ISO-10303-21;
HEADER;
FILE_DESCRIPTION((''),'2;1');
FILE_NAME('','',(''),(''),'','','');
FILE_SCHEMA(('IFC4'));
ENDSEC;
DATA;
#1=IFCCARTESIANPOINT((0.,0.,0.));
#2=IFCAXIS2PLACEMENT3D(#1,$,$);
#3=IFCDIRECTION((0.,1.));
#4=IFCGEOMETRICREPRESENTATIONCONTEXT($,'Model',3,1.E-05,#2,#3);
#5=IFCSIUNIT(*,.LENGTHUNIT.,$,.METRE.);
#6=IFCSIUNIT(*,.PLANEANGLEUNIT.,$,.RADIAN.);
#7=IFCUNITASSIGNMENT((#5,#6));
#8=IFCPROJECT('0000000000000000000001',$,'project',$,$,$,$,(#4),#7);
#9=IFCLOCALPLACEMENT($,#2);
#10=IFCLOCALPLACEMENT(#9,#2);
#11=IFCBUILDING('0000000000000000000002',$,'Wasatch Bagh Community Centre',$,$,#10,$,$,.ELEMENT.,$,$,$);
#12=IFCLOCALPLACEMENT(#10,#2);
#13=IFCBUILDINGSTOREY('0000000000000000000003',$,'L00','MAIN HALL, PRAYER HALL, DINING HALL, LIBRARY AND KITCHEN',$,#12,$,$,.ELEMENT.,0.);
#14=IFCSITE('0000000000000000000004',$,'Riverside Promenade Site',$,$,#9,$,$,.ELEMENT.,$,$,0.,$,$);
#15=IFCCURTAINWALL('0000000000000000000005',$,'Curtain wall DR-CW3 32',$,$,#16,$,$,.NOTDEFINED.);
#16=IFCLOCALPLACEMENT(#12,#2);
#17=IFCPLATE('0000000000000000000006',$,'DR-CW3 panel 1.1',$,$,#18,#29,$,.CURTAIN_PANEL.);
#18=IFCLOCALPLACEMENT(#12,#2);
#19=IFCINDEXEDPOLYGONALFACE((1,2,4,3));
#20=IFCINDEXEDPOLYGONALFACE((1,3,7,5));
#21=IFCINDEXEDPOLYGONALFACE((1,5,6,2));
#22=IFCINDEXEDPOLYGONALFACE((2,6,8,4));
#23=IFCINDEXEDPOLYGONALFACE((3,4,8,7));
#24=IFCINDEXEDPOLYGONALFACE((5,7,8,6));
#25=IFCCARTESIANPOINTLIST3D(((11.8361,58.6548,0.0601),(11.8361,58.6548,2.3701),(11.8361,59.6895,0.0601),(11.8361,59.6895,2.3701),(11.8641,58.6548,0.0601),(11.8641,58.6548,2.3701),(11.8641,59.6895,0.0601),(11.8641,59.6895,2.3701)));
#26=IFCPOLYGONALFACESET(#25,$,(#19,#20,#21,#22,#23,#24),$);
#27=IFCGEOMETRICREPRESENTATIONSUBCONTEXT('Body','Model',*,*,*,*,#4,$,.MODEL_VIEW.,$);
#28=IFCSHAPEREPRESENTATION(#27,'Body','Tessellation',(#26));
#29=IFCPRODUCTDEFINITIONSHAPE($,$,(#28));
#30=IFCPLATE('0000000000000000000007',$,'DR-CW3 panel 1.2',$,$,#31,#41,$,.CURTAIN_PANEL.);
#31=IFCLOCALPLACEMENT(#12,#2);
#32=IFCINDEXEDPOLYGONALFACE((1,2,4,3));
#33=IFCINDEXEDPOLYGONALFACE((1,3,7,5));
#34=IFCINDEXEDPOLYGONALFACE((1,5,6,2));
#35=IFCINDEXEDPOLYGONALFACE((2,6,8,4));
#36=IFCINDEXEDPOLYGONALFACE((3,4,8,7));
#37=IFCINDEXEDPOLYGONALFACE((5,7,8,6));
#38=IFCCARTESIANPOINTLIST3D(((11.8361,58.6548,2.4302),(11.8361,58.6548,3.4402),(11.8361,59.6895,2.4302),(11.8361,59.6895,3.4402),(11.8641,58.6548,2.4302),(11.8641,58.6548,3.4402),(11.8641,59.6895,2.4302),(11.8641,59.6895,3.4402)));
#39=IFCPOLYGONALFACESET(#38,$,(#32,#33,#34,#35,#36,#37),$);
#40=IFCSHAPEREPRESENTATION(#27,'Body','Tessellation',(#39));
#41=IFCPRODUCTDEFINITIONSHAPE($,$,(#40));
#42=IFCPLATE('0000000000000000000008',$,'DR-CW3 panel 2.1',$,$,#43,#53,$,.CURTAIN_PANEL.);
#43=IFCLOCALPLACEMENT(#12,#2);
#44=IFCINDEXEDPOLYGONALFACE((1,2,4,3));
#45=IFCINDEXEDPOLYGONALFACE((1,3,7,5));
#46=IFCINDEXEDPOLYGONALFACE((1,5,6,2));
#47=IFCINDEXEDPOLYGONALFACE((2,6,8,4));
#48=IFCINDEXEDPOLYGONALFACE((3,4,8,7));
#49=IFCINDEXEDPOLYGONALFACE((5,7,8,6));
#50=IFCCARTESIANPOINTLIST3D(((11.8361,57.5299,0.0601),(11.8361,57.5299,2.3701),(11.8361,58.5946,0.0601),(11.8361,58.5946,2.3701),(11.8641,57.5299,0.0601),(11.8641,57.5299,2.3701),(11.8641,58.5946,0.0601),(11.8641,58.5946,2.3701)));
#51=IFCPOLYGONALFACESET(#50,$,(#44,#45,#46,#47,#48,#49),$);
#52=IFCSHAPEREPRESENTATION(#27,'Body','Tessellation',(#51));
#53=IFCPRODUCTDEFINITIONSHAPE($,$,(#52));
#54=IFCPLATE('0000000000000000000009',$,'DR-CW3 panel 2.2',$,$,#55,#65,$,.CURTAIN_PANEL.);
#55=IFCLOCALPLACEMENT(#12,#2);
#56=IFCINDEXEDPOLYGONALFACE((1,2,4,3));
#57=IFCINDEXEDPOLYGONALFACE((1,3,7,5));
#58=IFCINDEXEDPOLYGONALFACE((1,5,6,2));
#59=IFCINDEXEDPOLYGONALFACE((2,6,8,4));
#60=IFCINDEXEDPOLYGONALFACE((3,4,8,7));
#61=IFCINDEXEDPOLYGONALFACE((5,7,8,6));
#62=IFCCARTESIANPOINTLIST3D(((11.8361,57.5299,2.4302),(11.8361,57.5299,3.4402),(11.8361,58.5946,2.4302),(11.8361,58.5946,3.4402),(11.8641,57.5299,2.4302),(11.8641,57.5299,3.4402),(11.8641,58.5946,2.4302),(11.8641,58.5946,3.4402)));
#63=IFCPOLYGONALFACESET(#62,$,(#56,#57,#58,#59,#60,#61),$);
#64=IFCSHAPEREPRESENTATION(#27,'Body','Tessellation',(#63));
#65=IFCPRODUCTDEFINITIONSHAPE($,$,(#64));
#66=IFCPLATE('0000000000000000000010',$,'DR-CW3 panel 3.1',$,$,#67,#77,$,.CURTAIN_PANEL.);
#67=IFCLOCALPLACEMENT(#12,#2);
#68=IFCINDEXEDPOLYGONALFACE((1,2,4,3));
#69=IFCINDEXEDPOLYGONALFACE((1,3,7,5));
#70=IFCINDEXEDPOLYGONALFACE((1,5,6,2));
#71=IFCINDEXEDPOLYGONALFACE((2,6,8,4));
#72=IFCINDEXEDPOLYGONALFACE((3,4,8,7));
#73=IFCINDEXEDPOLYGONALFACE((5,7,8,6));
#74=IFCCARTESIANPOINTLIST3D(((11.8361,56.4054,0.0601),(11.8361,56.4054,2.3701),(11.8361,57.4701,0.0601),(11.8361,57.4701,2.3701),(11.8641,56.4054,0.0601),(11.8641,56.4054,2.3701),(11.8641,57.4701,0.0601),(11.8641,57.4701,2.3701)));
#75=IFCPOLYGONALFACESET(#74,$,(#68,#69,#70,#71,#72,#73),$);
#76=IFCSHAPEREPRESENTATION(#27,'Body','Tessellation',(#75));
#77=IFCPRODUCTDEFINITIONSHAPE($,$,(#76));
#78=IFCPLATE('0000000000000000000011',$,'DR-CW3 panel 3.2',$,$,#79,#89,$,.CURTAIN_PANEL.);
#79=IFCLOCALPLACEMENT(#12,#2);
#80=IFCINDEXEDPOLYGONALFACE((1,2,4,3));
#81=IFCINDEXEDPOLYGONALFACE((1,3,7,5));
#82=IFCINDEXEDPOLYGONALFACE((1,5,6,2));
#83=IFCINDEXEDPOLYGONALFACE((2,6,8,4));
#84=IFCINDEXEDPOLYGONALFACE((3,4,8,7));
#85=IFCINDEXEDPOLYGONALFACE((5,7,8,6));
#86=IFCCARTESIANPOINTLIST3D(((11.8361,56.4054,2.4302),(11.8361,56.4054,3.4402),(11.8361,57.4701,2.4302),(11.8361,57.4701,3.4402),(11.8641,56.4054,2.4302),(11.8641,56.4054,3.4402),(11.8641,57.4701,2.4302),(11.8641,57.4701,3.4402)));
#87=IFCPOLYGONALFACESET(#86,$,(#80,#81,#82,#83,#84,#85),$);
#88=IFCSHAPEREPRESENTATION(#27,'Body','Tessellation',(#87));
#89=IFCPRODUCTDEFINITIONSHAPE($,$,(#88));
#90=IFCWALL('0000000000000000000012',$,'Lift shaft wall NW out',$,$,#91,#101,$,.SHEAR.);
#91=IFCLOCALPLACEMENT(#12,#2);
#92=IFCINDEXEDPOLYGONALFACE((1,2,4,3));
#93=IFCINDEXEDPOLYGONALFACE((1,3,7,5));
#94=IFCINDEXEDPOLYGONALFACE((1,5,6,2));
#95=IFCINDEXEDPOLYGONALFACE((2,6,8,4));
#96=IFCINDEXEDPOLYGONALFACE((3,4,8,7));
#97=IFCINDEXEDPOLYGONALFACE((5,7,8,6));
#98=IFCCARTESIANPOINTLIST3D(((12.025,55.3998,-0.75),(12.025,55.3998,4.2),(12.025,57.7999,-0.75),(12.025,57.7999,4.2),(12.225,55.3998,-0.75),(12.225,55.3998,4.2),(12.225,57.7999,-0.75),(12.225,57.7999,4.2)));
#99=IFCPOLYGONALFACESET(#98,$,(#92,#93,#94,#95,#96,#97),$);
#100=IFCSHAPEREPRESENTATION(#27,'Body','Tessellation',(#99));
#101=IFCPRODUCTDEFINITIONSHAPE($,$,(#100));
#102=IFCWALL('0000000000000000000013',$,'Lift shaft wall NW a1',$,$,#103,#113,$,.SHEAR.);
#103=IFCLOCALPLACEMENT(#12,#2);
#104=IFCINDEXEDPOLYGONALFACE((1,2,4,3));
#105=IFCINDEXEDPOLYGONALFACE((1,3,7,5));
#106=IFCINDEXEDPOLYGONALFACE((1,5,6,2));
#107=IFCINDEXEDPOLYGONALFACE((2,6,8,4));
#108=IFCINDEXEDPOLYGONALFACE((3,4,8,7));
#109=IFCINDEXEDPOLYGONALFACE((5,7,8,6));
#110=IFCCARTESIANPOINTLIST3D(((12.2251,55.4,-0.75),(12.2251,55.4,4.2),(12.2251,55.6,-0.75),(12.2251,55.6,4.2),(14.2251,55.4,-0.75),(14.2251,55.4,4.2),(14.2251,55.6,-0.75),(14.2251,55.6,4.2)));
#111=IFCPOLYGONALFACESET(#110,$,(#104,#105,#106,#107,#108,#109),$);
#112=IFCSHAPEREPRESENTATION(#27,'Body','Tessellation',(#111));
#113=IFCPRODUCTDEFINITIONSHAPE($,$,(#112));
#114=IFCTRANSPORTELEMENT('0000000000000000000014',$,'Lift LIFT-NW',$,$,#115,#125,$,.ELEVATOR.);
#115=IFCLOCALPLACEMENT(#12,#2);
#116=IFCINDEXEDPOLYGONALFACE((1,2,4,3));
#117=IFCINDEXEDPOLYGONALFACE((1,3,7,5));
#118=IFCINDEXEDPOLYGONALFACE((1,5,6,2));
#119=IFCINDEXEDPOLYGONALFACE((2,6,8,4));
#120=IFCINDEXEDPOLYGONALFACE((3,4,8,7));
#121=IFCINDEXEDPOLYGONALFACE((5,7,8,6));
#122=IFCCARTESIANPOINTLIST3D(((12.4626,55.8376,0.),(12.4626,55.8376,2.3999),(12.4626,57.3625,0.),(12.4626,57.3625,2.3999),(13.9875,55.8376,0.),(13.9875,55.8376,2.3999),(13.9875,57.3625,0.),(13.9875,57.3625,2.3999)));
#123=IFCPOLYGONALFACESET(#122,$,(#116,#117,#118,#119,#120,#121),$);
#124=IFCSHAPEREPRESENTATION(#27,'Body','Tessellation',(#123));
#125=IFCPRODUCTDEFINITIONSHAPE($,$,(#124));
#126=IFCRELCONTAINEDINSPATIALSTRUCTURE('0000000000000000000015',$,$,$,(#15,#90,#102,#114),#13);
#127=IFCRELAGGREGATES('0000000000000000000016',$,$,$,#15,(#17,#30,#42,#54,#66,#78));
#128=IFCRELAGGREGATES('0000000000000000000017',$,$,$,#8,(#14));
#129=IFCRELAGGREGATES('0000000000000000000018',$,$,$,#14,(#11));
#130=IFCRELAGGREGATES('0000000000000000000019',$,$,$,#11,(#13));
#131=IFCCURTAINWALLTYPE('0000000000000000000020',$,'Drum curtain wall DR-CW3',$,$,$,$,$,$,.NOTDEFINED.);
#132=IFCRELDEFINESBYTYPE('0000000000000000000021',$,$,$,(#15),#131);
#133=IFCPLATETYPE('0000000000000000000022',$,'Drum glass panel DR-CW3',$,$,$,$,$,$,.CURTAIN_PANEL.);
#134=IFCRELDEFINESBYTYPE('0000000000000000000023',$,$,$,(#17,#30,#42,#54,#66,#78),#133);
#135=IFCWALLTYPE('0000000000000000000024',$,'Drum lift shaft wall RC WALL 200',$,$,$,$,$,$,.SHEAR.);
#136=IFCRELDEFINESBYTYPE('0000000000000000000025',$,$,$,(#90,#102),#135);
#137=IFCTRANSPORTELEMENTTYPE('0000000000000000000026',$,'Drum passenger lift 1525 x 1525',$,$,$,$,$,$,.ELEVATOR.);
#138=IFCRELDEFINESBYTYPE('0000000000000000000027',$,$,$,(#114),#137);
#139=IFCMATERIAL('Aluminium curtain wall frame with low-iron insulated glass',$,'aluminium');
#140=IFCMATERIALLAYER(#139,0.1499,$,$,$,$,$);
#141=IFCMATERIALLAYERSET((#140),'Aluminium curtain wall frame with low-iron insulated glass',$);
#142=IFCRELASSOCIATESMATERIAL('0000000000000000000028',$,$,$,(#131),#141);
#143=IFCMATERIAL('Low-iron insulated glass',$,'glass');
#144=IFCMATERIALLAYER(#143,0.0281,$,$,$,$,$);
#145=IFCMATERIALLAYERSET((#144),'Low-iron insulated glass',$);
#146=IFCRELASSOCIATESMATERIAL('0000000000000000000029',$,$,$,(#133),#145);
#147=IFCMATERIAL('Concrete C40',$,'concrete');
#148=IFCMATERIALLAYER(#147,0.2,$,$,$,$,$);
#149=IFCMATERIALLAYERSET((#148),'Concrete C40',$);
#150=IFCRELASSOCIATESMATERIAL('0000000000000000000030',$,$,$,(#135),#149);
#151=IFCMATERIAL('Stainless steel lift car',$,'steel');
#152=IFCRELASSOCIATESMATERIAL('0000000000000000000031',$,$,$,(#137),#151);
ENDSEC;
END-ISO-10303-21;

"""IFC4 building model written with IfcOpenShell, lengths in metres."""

from ifc_helpers import new_model, si_unit, direction, frame, frame_2d, origin, origin_2d, place, context, subcontext, project, spatial, rectangle, extrude, material, layer, layer_set, type_object, element, aggregate, save


model = new_model("IFC4")

# Units and contexts
model_context = context("Model", 3, precision=1e-05, world=origin(), true_north=direction((0.0, 1.0)))
body_context = subcontext(model_context, "Body", "Model", "MODEL_VIEW")
ifc_project = project(units=[si_unit("LENGTHUNIT", "METRE"), si_unit("PLANEANGLEUNIT", "RADIAN")], contexts=[model_context])

# Site, building, storey
site_placement = place(None, origin())
site = spatial("IfcSite", under=ifc_project, at=site_placement, Name="Riverside Promenade Site", CompositionType="ELEMENT", RefElevation=0.0)
building_placement = place(site_placement, origin())
building = spatial("IfcBuilding", under=site, at=building_placement, Name="Wasatch Bagh Community Centre", CompositionType="ELEMENT")
storey_placement = place(building_placement, origin())
storey = spatial("IfcBuildingStorey", under=building, at=storey_placement, Name="L00", Description="MAIN HALL, PRAYER HALL, DINING HALL, LIBRARY AND KITCHEN", CompositionType="ELEMENT", Elevation=0.0)

# Curtain wall, plates
ifc_material_1 = material(Name="Aluminium curtain wall frame with low-iron insulated glass", Category="aluminium")
ifc_layer_1 = layer(ifc_material_1, 0.1499)
ifc_layer_set_1 = layer_set([ifc_layer_1], Name="Aluminium curtain wall frame with low-iron insulated glass")
curtain_wall_type = type_object("IfcCurtainWallType", Name="Drum curtain wall DR-CW3", PredefinedType="NOTDEFINED", material=ifc_layer_set_1)
curtain_wall_placement = place(storey_placement, origin())
curtain_wall = element("IfcCurtainWall", 1, at=curtain_wall_placement, inside=storey, type_object=curtain_wall_type, Name="Curtain wall DR-CW3 32", PredefinedType="NOTDEFINED")
ifc_material_2 = material(Name="Low-iron insulated glass", Category="glass")
ifc_layer_2 = layer(ifc_material_2, 0.0281)
ifc_layer_set_2 = layer_set([ifc_layer_2], Name="Low-iron insulated glass")
plate_type = type_object("IfcPlateType", Name="Drum glass panel DR-CW3", PredefinedType="CURTAIN_PANEL", material=ifc_layer_set_2)
plate_1_placement = place(storey_placement, frame((11.8501, 59.1721, 0.0601), z_axis=(0.0, 0.0, 1.0), x_axis=(0.0, -1.0, 0.0)))
plate_1 = element("IfcPlate", 2, at=plate_1_placement, type_object=plate_type, Name="DR-CW3 panel 1.1", PredefinedType="CURTAIN_PANEL", context=body_context, shape_type="SweptSolid", body=[
    extrude(rectangle(XDim=1.0347, YDim=0.0281, at=origin_2d()), origin(), (0.0, 0.0, 1.0), 2.3101),
])
plate_2_placement = place(storey_placement, frame((11.8501, 59.1721, 2.4302), z_axis=(0.0, 0.0, 1.0), x_axis=(0.0, -1.0, 0.0)))
plate_2 = element("IfcPlate", 3, at=plate_2_placement, type_object=plate_type, Name="DR-CW3 panel 1.2", PredefinedType="CURTAIN_PANEL", context=body_context, shape_type="SweptSolid", body=[
    extrude(rectangle(XDim=1.0347, YDim=0.0281, at=origin_2d()), origin(), (0.0, 0.0, 1.0), 1.01),
])
plate_3_placement = place(storey_placement, frame((11.8501, 58.0623, 0.0601), z_axis=(0.0, 0.0, 1.0), x_axis=(0.0, -1.0, 0.0)))
plate_3 = element("IfcPlate", 4, at=plate_3_placement, type_object=plate_type, Name="DR-CW3 panel 2.1", PredefinedType="CURTAIN_PANEL", context=body_context, shape_type="SweptSolid", body=[
    extrude(rectangle(XDim=1.0647, YDim=0.0281, at=origin_2d()), origin(), (0.0, 0.0, 1.0), 2.3101),
])
plate_4_placement = place(storey_placement, frame((11.8501, 58.0623, 2.4302), z_axis=(0.0, 0.0, 1.0), x_axis=(0.0, -1.0, 0.0)))
plate_4 = element("IfcPlate", 5, at=plate_4_placement, type_object=plate_type, Name="DR-CW3 panel 2.2", PredefinedType="CURTAIN_PANEL", context=body_context, shape_type="SweptSolid", body=[
    extrude(rectangle(XDim=1.0647, YDim=0.0281, at=origin_2d()), origin(), (0.0, 0.0, 1.0), 1.01),
])
plate_5_placement = place(storey_placement, frame((11.8501, 56.9377, 0.0601), z_axis=(0.0, 0.0, 1.0), x_axis=(0.0, -1.0, 0.0)))
plate_5 = element("IfcPlate", 6, at=plate_5_placement, type_object=plate_type, Name="DR-CW3 panel 3.1", PredefinedType="CURTAIN_PANEL", context=body_context, shape_type="SweptSolid", body=[
    extrude(rectangle(XDim=1.0647, YDim=0.0281, at=origin_2d()), origin(), (0.0, 0.0, 1.0), 2.3101),
])
plate_6_placement = place(storey_placement, frame((11.8501, 56.9377, 2.4302), z_axis=(0.0, 0.0, 1.0), x_axis=(0.0, -1.0, 0.0)))
plate_6 = element("IfcPlate", 7, at=plate_6_placement, type_object=plate_type, Name="DR-CW3 panel 3.2", PredefinedType="CURTAIN_PANEL", context=body_context, shape_type="SweptSolid", body=[
    extrude(rectangle(XDim=1.0647, YDim=0.0281, at=origin_2d()), origin(), (0.0, 0.0, 1.0), 1.01),
])
aggregate(curtain_wall, [plate_1, plate_2, plate_3, plate_4, plate_5, plate_6])

# Walls
ifc_material_3 = material(Name="Concrete C40", Category="concrete")
ifc_layer_3 = layer(ifc_material_3, 0.2)
ifc_layer_set_3 = layer_set([ifc_layer_3], Name="Concrete C40")
wall_type = type_object("IfcWallType", Name="Drum lift shaft wall RC WALL 200", PredefinedType="SHEAR", material=ifc_layer_set_3)
wall_1_placement = place(storey_placement, frame((12.125, 57.8, -0.75), z_axis=(0.0, 0.0, 1.0), x_axis=(0.0, -1.0, 0.0)))
element("IfcWall", 8, at=wall_1_placement, inside=storey, type_object=wall_type, Name="Lift shaft wall NW out", PredefinedType="SHEAR", context=body_context, shape_type="SweptSolid", body=[
    extrude(rectangle(XDim=2.4001, YDim=0.2, at=frame_2d((1.2002, 0.0))), origin(), (0.0, 0.0, 1.0), 4.95),
])
wall_2_placement = place(storey_placement, frame((14.2251, 55.5, -0.75), z_axis=(0.0, 0.0, 1.0), x_axis=(-1.0, 0.0, 0.0)))
element("IfcWall", 9, at=wall_2_placement, inside=storey, type_object=wall_type, Name="Lift shaft wall NW a1", PredefinedType="SHEAR", context=body_context, shape_type="SweptSolid", body=[
    extrude(rectangle(XDim=2.0, YDim=0.2, at=frame_2d((1.0, 0.0))), origin(), (0.0, 0.0, 1.0), 4.95),
])

# Transport element
ifc_material_4 = material(Name="Stainless steel lift car", Category="steel")
transport_element_type = type_object("IfcTransportElementType", Name="Drum passenger lift 1525 x 1525", PredefinedType="ELEVATOR", material=ifc_material_4)
transport_element_placement = place(storey_placement, frame((13.2251, 56.6001, 0.0), z_axis=(0.0, 0.0, 1.0), x_axis=(1.0, 0.0, 0.0)))
element("IfcTransportElement", 10, at=transport_element_placement, inside=storey, type_object=transport_element_type, Name="Lift LIFT-NW", PredefinedType="ELEVATOR", context=body_context, shape_type="SweptSolid", body=[
    extrude(rectangle(XDim=1.5249, YDim=1.5249, at=origin_2d()), origin(), (0.0, 0.0, 1.0), 2.3999),
])

save(model, "model.ifc")
